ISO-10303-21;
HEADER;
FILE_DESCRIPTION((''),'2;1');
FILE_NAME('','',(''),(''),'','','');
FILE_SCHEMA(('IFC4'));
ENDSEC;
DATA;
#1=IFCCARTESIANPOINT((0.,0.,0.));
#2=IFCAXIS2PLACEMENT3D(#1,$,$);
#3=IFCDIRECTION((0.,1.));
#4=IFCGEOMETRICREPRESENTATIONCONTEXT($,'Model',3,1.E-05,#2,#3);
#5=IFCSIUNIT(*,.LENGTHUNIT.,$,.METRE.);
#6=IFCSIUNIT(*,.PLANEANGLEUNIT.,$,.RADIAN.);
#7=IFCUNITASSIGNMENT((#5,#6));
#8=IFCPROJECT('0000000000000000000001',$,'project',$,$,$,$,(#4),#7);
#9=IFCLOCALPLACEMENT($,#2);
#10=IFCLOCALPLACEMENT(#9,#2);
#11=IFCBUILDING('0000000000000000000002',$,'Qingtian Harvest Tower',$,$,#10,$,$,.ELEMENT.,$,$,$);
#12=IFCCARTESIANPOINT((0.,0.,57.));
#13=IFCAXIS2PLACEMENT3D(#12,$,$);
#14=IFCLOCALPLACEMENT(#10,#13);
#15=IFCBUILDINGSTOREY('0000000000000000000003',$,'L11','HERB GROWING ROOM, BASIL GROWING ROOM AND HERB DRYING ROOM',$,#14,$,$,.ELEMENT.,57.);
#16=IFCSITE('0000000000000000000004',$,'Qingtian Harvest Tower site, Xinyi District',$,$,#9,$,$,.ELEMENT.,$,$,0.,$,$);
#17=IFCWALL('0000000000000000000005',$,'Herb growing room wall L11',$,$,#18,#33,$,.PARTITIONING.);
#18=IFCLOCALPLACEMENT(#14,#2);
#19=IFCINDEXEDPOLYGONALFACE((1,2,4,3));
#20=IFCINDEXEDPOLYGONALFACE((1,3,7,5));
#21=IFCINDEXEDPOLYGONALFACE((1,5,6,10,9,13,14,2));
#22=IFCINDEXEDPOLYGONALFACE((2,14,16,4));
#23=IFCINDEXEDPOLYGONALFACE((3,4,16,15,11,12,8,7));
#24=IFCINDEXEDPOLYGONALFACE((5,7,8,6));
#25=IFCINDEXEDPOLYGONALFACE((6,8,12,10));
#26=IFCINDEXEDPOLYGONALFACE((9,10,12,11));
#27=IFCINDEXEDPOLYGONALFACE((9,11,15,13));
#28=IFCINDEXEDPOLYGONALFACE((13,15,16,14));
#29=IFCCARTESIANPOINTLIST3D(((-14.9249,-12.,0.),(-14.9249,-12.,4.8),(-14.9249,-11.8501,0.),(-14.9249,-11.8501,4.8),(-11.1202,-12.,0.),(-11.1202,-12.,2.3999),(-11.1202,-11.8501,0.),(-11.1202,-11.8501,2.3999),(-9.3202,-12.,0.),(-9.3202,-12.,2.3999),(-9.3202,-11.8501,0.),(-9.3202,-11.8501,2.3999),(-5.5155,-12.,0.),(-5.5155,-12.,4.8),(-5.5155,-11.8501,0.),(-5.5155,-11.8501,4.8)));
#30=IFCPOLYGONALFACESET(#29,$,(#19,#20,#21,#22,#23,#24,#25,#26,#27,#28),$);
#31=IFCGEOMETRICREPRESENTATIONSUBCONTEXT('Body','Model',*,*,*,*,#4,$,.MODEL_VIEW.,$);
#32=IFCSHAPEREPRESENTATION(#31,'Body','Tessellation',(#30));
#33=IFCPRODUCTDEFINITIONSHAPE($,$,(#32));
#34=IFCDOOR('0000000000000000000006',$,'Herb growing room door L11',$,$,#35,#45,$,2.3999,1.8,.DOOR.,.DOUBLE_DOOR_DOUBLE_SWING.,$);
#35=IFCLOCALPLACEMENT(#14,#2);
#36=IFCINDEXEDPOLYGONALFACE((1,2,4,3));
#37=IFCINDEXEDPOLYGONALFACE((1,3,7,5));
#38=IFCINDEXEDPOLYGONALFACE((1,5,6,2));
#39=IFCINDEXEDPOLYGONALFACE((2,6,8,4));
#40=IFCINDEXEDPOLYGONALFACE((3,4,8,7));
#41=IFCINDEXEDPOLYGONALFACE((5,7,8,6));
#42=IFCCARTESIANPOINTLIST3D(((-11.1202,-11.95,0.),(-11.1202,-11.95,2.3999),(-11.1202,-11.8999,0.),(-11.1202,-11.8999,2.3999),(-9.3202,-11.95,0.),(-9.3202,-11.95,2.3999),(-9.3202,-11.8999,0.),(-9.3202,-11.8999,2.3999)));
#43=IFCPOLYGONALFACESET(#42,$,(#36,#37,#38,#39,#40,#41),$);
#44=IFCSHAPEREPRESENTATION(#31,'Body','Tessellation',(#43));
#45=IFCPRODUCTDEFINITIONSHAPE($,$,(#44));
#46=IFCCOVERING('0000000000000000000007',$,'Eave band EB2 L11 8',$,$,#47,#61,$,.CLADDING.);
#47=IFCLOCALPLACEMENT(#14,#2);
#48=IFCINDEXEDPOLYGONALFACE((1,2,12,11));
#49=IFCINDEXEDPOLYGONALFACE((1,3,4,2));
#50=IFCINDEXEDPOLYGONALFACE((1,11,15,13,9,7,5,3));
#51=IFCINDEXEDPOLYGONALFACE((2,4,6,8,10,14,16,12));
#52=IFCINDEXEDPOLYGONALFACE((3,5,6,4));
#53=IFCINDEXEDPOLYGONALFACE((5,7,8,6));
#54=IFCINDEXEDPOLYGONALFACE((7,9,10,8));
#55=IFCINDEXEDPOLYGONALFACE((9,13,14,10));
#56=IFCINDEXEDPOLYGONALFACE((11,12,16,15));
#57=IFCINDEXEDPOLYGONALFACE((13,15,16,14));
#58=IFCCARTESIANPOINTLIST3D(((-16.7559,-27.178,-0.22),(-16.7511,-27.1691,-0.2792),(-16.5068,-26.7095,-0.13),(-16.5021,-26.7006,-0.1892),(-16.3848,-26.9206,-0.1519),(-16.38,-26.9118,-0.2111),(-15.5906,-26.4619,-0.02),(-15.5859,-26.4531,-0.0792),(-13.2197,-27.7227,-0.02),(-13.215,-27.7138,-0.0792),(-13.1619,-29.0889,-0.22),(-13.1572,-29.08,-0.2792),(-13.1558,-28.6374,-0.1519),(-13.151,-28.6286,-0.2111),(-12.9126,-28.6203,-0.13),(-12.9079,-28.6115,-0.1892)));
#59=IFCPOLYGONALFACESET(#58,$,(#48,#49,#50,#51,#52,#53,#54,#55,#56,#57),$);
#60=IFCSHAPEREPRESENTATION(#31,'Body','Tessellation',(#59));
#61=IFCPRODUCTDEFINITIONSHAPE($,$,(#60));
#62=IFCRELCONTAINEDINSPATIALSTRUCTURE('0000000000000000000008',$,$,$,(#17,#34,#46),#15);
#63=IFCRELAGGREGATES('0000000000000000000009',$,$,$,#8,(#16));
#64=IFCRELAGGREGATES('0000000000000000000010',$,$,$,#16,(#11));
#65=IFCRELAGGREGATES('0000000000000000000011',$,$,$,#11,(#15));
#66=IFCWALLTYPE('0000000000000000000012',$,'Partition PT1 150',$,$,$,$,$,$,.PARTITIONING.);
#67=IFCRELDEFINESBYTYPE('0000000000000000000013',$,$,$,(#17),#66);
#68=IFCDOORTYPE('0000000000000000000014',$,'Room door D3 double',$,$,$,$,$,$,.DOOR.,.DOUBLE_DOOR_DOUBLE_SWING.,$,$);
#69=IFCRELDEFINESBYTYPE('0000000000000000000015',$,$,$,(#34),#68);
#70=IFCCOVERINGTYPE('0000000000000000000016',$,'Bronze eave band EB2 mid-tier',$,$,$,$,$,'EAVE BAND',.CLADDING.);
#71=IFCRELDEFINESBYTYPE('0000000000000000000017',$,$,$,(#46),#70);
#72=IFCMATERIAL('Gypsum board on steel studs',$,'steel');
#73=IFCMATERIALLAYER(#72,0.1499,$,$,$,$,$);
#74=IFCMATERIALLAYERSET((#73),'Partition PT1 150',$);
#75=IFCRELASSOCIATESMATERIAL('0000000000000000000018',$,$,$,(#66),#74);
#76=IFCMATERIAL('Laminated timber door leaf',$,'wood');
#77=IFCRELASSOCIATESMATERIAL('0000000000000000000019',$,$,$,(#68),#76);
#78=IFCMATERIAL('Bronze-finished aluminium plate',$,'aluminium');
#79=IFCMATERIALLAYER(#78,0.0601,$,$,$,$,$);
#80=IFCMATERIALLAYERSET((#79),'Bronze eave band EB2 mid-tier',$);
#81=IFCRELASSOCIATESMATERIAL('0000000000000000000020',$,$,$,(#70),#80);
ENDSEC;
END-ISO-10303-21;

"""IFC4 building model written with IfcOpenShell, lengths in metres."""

from ifc_helpers import new_model, si_unit, direction, frame, frame_2d, origin, place, context, subcontext, project, spatial, polyline, rectangle, outline, extrude, material, layer, layer_set, type_object, element, fill, save


model = new_model("IFC4")

# Units and contexts
model_context = context("Model", 3, precision=1e-05, world=origin(), true_north=direction((0.0, 1.0)))
body_context = subcontext(model_context, "Body", "Model", "MODEL_VIEW")
ifc_project = project(units=[si_unit("LENGTHUNIT", "METRE"), si_unit("PLANEANGLEUNIT", "RADIAN")], contexts=[model_context])

# Site, building, storey
site_placement = place(None, origin())
site = spatial("IfcSite", under=ifc_project, at=site_placement, Name="Qingtian Harvest Tower site, Xinyi District", CompositionType="ELEMENT", RefElevation=0.0)
building_placement = place(site_placement, origin())
building = spatial("IfcBuilding", under=site, at=building_placement, Name="Qingtian Harvest Tower", CompositionType="ELEMENT")
storey_placement = place(building_placement, frame((0.0, 0.0, 57.0)))
storey = spatial("IfcBuildingStorey", under=building, at=storey_placement, Name="L11", Description="HERB GROWING ROOM, BASIL GROWING ROOM AND HERB DRYING ROOM", CompositionType="ELEMENT", Elevation=57.0)

# Shared definitions
ifc_material_1 = material(Name="Gypsum board on steel studs", Category="steel")
ifc_layer_1 = layer(ifc_material_1, 0.1499)
ifc_layer_set_1 = layer_set([ifc_layer_1], Name="Partition PT1 150")
wall_type_1 = type_object("IfcWallType", Name="Partition PT1 150", PredefinedType="PARTITIONING", material=ifc_layer_set_1)

# Wall, opening, door
wall_1_placement = place(storey_placement, frame((-5.5156, -11.925, 0.0), z_axis=(0.0, 0.0, 1.0), x_axis=(-1.0, 0.0, 0.0)))
wall_1 = element("IfcWall", 1, at=wall_1_placement, inside=storey, type_object=wall_type_1, Name="Herb growing room wall L11", PredefinedType="PARTITIONING", context=body_context, shape_type="SweptSolid", body=[
    extrude(rectangle(XDim=9.4094, YDim=0.1499, at=frame_2d((4.7046, 0.0))), origin(), (0.0, 0.0, 1.0), 4.8),
])
opening_1_placement = place(wall_1_placement, frame((3.8047, 0.0, 0.0)))
opening_1 = element("IfcOpeningElement", 2, at=opening_1_placement, cuts=wall_1, PredefinedType="OPENING", context=body_context, shape_type="SweptSolid", body=[
    extrude(rectangle(XDim=1.8, YDim=2.3999, at=frame_2d((0.8999, 1.2))), frame((0.0, 0.085, 0.0), z_axis=(0.0, -1.0, 0.0), x_axis=(1.0, 0.0, 0.0)), (0.0, 0.0, 1.0), 0.1699),
])
ifc_material_2 = material(Name="Laminated timber door leaf", Category="wood")
door_type_1 = type_object("IfcDoorType", Name="Room door D3 double", OperationType="DOUBLE_DOOR_DOUBLE_SWING", PredefinedType="DOOR", material=ifc_material_2)
door_1_placement = place(opening_1_placement, origin())
door_1 = element("IfcDoor", 3, at=door_1_placement, inside=storey, type_object=door_type_1, Name="Herb growing room door L11", OperationType="DOUBLE_DOOR_DOUBLE_SWING", OverallHeight=2.3999, OverallWidth=1.8, PredefinedType="DOOR", context=body_context, shape_type="SweptSolid", body=[
    extrude(rectangle(XDim=1.8, YDim=2.3999, at=frame_2d((0.8999, 1.2))), frame((0.0, 0.0249, 0.0), z_axis=(0.0, -1.0, 0.0), x_axis=(1.0, 0.0, 0.0)), (0.0, 0.0, 1.0), 0.05),
])
fill(opening_1, door_1)

# Covering
ifc_material_3 = material(Name="Bronze-finished aluminium plate", Category="aluminium")
ifc_layer_2 = layer(ifc_material_3, 0.0601)
ifc_layer_set_2 = layer_set([ifc_layer_2], Name="Bronze eave band EB2 mid-tier")
covering_type = type_object("IfcCoveringType", Name="Bronze eave band EB2 mid-tier", ElementType="EAVE BAND", PredefinedType="CLADDING", material=ifc_layer_set_2)
covering_placement = place(storey_placement, frame((-13.2197, -27.7227, -0.02), z_axis=(-0.078489, -0.14762, 0.985925), x_axis=(0.069046, -0.987406, -0.142345)))
element("IfcCovering", 4, at=covering_placement, inside=storey, type_object=covering_type, Name="Eave band EB2 L11 8", PredefinedType="CLADDING", context=body_context, shape_type="SweptSolid", body=[
    extrude(outline(polyline([(0.0, 0.0), (0.9265, 0.0), (0.9232, 0.2447), (1.3815, -0.0377), (-0.7535, -3.5033), (-1.2117, -3.2211), (-0.9917, -3.1136), (-1.4086, -2.2861), (0.0, 0.0)])), origin(), (0.0, 0.0, -1.0), 0.0601),
])

save(model, "model.ifc")
